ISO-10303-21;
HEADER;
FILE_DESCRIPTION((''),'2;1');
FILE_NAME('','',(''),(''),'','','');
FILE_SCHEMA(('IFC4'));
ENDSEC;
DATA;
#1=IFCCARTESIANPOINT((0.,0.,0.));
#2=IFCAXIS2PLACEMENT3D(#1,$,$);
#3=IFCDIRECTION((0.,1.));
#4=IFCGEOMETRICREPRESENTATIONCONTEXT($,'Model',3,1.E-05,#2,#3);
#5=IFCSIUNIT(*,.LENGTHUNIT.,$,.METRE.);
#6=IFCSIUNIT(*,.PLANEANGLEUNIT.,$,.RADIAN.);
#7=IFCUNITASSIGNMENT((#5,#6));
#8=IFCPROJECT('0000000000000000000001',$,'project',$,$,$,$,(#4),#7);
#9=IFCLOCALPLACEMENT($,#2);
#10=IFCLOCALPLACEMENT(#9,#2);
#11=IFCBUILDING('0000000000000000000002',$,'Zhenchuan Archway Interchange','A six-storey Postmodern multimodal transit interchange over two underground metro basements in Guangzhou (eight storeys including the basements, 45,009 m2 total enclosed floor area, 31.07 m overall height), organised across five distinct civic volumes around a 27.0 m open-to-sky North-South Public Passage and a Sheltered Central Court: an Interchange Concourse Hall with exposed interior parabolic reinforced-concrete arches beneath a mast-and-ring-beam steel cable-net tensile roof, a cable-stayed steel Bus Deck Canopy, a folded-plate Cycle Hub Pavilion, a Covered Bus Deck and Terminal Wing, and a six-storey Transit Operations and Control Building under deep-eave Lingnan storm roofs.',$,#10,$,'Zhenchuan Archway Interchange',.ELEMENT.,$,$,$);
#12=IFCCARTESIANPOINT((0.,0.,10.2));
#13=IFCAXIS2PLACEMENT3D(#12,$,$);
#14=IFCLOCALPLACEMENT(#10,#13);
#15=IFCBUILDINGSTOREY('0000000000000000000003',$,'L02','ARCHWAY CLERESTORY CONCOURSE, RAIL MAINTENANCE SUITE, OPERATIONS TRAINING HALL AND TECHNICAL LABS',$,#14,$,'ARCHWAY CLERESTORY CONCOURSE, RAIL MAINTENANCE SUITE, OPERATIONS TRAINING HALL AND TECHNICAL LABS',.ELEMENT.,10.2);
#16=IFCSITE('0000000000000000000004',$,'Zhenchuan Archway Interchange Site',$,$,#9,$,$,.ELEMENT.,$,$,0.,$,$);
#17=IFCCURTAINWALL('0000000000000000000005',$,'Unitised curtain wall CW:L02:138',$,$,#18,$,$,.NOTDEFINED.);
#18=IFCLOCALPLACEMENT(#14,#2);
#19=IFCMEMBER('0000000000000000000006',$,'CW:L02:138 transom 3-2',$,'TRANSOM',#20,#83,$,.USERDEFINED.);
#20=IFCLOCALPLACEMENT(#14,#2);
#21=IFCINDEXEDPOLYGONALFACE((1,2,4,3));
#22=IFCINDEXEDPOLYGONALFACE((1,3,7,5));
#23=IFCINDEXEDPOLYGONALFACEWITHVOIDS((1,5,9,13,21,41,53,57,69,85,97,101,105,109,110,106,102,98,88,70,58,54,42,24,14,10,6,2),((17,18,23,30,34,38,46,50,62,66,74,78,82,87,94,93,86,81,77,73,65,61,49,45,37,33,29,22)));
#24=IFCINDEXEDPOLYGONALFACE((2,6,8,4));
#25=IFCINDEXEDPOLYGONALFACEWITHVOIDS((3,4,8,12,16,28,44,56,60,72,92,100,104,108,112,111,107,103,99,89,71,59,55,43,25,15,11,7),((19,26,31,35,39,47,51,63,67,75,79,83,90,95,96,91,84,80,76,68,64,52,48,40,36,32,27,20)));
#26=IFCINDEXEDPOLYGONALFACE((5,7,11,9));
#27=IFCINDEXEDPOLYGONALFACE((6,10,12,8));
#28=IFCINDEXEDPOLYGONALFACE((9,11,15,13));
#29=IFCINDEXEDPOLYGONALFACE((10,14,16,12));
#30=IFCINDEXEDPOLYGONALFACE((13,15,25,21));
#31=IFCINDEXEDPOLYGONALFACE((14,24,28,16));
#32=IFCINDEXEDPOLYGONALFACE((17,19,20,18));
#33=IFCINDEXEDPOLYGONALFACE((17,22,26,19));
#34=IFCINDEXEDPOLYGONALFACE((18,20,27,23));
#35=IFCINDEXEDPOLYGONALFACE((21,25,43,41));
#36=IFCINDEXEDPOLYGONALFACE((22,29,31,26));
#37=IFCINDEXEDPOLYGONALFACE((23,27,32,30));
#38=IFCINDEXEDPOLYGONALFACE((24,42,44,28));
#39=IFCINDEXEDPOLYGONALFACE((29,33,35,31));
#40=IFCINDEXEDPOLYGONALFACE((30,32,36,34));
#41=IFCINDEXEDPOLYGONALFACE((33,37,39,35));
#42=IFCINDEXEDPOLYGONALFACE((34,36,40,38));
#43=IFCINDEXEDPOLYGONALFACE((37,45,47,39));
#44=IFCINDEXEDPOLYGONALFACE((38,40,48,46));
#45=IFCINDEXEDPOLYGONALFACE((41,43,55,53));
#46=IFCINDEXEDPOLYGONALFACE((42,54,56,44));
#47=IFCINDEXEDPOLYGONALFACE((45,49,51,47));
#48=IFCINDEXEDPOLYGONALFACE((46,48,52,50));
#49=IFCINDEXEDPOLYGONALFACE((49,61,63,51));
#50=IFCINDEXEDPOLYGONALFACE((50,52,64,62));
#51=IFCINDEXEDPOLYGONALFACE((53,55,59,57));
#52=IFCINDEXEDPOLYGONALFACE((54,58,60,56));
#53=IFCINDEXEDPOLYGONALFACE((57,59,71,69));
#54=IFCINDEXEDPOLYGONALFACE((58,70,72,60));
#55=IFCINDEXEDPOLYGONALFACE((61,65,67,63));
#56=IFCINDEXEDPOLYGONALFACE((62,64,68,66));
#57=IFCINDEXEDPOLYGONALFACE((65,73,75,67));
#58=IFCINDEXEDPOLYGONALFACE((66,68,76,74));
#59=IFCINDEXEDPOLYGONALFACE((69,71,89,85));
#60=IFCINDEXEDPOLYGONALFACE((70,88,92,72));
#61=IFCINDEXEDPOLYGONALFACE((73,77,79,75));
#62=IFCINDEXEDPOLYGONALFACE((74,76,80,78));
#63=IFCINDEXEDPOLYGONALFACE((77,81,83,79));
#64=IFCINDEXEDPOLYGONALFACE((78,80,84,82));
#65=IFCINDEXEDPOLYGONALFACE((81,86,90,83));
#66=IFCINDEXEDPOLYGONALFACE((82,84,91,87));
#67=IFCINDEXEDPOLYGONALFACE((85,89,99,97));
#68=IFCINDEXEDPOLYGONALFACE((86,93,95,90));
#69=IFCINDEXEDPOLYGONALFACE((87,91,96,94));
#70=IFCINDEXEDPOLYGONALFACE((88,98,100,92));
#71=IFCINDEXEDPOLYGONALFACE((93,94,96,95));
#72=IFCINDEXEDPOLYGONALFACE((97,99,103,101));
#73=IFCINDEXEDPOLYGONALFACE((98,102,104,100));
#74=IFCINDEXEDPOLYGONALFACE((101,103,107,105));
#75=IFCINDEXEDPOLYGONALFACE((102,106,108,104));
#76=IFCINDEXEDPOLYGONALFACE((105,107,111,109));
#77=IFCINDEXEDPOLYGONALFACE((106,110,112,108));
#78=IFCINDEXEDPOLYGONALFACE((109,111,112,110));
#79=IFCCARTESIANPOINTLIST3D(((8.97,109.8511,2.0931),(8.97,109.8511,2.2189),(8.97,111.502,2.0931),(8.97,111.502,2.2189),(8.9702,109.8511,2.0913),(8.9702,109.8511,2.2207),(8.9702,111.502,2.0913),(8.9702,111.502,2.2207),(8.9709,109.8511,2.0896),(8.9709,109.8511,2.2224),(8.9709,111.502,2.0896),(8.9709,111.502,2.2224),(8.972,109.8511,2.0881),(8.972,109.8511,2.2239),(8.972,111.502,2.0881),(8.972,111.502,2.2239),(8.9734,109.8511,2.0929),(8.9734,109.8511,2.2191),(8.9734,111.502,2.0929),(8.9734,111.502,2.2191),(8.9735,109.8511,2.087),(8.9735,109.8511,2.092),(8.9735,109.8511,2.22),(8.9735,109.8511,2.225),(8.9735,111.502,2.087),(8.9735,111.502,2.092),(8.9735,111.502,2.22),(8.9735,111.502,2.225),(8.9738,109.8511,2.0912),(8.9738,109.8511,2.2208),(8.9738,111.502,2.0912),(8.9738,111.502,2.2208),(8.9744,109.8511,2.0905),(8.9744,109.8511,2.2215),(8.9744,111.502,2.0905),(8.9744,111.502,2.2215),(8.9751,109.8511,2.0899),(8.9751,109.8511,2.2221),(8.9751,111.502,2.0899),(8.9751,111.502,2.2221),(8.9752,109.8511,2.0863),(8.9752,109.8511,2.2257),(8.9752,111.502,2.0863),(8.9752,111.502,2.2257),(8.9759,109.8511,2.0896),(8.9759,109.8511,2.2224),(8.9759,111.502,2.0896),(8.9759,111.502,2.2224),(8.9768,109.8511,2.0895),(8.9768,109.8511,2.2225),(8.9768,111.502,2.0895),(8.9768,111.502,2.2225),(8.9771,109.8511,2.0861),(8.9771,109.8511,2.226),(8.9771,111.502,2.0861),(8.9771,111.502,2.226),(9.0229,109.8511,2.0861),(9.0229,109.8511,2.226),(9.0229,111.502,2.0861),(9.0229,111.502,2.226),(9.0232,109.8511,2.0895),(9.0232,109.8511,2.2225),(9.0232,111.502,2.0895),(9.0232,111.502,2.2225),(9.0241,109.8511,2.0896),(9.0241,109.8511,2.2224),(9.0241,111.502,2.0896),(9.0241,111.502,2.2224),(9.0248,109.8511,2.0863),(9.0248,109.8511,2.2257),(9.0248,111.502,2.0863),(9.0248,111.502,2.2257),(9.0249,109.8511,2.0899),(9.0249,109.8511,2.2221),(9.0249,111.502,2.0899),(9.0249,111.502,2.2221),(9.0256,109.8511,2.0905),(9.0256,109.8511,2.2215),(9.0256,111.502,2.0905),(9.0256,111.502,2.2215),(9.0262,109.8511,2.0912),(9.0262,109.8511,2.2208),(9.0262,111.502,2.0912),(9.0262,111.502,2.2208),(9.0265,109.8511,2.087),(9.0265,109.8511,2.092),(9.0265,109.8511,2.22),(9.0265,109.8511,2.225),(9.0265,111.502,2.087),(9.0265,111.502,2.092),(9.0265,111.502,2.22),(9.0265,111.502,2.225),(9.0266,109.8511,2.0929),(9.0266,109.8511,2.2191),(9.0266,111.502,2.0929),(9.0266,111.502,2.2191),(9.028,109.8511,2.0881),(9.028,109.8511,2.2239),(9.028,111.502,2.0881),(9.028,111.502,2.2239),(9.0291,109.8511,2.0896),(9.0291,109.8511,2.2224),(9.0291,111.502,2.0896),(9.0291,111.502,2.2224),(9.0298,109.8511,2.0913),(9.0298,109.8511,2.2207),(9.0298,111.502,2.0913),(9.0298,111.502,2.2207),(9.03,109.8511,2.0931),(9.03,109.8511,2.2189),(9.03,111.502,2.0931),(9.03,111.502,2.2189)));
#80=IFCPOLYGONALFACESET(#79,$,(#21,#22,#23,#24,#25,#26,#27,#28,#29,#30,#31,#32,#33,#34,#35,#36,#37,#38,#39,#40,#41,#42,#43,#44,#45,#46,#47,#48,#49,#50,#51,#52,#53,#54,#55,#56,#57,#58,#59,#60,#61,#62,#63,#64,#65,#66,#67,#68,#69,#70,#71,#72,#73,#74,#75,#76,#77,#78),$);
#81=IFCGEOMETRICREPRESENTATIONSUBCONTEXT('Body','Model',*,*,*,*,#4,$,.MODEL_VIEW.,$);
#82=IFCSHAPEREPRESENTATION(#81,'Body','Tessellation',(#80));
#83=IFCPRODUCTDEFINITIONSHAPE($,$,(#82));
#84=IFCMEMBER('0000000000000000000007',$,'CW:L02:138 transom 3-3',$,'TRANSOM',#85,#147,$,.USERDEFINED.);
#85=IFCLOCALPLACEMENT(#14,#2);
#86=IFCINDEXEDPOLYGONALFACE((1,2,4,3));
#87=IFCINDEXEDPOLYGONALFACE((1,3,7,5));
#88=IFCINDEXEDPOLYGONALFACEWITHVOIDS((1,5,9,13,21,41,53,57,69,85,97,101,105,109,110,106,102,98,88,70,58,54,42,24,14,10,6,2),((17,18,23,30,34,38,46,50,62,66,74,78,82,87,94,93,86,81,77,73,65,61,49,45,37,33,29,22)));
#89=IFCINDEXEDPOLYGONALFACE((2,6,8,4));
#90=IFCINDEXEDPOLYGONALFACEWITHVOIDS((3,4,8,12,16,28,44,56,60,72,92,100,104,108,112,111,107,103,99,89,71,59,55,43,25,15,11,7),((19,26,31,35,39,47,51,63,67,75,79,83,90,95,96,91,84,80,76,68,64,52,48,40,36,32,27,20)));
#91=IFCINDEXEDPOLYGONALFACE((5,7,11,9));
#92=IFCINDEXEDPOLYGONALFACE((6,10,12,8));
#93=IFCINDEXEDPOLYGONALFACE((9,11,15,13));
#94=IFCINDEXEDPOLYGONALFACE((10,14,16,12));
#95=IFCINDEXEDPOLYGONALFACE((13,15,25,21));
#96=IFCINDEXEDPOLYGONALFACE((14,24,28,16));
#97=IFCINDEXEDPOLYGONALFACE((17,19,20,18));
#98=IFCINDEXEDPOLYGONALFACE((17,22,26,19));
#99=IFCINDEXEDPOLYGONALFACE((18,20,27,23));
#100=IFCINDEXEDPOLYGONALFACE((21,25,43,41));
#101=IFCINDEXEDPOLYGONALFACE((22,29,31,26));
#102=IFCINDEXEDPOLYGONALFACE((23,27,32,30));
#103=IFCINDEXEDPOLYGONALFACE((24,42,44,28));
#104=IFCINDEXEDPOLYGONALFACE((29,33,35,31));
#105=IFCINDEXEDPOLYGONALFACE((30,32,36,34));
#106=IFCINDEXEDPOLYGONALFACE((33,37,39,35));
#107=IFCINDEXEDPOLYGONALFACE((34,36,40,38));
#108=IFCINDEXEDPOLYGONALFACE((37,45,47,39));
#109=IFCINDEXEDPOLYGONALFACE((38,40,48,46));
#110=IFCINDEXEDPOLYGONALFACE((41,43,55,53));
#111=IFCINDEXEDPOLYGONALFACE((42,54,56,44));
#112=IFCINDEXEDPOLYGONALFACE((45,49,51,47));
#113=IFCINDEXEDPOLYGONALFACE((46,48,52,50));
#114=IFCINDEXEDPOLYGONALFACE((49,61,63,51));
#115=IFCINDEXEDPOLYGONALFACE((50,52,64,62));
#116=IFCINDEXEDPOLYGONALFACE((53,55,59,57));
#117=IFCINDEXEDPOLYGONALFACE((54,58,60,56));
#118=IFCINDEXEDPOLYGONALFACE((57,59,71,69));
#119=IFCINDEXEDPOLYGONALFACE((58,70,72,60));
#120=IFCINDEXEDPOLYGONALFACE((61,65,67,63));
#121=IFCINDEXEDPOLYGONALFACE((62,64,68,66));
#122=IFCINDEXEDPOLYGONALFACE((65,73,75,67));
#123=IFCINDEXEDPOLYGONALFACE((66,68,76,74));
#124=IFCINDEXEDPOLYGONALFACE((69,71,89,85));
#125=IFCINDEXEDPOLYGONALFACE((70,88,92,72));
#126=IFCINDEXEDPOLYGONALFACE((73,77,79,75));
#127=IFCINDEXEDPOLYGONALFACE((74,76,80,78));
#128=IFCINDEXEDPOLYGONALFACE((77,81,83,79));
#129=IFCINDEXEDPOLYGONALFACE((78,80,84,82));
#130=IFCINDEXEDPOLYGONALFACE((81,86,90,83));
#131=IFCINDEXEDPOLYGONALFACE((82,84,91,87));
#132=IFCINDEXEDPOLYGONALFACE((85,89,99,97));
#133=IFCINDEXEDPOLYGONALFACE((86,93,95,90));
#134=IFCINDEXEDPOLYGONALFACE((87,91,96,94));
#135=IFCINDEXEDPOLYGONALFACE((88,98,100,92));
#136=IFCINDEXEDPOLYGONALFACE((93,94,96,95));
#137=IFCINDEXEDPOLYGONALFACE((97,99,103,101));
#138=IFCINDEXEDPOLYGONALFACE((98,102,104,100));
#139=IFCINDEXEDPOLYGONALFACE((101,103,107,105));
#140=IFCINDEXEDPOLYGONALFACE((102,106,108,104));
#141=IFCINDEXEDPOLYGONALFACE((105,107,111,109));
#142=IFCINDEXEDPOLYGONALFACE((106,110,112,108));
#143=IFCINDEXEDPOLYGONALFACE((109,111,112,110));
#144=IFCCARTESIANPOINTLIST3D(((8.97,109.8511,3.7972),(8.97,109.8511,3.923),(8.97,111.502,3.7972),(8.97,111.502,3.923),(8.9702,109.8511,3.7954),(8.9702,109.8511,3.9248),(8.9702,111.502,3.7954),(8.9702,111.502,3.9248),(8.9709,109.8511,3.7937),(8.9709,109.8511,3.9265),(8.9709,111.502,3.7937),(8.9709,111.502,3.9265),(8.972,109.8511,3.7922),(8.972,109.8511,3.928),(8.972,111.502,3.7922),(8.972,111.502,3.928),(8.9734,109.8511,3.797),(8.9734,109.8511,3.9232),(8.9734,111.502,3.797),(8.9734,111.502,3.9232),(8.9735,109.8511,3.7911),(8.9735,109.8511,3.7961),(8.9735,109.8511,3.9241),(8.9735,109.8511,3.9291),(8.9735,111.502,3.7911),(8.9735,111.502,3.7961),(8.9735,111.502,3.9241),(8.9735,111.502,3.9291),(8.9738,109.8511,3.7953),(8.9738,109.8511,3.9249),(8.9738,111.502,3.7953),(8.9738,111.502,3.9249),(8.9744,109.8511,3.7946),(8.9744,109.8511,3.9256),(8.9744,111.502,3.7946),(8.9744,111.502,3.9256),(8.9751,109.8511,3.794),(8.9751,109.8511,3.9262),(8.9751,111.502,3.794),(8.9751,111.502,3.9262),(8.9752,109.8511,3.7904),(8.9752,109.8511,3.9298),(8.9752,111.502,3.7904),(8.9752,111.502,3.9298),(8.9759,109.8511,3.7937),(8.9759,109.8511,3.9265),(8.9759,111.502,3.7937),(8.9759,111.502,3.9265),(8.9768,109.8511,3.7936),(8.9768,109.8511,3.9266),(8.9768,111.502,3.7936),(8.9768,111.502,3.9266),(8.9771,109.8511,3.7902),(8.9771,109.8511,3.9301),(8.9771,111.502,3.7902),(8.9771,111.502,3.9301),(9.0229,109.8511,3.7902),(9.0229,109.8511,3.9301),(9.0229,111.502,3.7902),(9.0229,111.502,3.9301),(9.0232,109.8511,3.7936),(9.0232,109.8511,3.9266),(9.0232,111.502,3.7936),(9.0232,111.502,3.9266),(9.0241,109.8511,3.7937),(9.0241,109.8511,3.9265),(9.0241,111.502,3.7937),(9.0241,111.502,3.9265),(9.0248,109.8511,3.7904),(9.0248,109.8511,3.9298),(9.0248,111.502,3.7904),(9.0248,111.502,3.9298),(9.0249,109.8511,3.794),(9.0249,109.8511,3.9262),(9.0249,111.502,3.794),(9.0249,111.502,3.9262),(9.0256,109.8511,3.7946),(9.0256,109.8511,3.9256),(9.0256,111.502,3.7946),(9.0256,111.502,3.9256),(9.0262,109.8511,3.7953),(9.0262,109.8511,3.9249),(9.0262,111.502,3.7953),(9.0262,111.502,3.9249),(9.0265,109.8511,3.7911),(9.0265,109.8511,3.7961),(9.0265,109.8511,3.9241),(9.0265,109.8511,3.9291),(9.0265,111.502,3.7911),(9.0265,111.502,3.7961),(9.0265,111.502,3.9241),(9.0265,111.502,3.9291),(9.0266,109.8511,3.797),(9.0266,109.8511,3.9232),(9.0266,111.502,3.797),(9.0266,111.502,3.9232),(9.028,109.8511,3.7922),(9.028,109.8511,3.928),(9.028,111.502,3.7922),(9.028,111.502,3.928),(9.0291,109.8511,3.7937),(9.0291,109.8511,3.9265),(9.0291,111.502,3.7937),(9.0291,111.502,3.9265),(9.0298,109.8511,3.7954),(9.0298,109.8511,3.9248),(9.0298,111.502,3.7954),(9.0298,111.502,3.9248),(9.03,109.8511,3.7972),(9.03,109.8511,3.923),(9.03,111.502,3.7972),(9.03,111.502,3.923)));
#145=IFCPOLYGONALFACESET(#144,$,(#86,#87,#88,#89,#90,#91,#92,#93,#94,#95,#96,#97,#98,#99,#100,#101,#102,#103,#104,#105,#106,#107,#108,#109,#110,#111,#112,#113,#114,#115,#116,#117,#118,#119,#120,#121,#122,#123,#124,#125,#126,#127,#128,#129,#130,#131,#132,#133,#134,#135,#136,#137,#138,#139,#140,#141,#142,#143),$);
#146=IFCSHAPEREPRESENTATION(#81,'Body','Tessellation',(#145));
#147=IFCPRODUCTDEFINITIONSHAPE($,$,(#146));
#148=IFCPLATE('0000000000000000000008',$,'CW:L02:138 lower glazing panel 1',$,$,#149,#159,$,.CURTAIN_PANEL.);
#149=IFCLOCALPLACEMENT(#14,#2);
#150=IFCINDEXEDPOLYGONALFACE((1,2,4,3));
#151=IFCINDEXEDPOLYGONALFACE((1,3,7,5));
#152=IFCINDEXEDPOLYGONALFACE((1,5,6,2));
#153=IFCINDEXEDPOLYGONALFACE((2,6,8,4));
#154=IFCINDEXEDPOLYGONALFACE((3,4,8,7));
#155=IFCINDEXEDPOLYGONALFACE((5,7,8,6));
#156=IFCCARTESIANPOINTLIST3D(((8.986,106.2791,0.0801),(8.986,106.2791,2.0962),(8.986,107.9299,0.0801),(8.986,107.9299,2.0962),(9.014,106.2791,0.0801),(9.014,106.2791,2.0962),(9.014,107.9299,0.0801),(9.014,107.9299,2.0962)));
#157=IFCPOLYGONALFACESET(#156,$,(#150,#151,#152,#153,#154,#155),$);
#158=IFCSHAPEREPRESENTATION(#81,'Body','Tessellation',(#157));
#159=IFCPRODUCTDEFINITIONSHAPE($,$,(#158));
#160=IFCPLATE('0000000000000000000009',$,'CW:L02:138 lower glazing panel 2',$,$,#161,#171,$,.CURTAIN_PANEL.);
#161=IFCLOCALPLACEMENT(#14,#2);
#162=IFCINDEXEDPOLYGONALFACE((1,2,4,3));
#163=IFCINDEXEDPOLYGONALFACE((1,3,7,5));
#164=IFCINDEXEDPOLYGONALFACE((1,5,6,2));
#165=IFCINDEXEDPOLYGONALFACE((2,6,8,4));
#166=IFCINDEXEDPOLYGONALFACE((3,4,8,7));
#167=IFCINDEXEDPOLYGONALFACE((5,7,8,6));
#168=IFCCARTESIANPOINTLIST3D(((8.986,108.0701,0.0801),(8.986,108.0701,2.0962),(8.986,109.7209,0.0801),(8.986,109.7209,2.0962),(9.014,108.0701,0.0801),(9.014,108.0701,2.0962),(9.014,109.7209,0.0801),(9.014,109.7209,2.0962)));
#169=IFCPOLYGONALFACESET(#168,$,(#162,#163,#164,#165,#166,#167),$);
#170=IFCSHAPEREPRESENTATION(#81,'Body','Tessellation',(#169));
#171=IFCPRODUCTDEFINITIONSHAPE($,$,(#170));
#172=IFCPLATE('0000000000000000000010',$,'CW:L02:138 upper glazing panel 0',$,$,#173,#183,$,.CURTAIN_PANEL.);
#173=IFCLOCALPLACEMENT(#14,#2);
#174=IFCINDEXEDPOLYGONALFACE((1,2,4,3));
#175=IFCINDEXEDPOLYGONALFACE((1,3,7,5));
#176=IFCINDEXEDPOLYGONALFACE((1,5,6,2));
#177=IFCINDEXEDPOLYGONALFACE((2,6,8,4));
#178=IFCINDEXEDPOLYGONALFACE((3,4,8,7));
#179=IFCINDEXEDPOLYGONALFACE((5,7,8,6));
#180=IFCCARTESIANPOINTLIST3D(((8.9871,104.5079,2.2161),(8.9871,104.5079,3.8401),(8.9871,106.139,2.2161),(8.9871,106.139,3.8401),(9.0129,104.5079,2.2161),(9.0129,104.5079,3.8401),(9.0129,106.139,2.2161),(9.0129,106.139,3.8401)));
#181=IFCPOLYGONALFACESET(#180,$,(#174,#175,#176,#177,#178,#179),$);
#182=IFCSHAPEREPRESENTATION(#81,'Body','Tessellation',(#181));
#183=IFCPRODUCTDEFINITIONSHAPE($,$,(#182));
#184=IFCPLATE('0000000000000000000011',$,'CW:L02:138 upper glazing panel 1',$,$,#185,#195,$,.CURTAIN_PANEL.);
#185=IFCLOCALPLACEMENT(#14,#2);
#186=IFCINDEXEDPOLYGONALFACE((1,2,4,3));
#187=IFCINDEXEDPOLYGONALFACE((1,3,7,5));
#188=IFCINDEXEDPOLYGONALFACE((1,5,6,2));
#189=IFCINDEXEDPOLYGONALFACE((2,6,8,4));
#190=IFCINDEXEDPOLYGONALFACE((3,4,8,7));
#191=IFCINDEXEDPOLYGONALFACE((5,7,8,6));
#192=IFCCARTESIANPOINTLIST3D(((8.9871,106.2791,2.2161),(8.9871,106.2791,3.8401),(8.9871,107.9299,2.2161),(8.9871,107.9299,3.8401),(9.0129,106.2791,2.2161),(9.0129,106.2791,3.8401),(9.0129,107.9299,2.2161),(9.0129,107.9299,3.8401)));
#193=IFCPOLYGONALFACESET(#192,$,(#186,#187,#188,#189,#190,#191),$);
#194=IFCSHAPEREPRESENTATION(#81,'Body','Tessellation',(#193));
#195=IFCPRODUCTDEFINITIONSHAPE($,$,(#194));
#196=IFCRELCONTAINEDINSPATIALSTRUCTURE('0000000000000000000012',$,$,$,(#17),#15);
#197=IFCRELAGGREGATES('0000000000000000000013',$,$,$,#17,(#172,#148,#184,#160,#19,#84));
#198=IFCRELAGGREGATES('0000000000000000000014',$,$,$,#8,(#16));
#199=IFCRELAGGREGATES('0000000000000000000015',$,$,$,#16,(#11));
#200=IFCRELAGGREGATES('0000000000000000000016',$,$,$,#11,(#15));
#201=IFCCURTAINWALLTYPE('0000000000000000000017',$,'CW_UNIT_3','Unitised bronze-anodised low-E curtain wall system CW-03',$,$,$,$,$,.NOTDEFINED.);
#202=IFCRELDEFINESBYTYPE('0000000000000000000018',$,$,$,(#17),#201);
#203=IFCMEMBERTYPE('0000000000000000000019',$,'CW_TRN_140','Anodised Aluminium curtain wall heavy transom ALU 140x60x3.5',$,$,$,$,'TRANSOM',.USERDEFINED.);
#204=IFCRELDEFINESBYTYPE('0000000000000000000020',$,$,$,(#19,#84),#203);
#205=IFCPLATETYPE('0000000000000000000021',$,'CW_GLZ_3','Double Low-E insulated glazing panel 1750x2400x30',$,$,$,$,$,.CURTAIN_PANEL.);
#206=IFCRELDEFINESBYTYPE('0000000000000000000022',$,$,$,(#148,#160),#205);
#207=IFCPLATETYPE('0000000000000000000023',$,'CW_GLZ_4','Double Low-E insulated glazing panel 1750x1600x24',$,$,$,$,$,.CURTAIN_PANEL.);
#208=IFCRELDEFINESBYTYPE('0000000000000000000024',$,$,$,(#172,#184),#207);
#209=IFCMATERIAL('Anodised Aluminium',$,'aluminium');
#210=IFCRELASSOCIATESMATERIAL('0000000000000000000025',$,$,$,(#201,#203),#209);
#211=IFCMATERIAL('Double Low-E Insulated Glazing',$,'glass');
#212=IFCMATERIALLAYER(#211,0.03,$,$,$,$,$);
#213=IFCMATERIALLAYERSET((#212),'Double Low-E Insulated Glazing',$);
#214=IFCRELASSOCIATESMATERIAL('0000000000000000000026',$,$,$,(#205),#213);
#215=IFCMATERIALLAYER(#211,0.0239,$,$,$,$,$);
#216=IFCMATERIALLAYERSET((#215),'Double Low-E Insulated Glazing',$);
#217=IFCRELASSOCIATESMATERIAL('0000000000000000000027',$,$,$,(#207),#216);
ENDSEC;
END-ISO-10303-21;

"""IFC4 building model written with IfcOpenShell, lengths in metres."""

from ifc_helpers import new_model, si_unit, direction, frame, origin, origin_2d, place, context, subcontext, project, spatial, rectangle, hollow_rectangle, extrude, material, layer, layer_set, material_profile, profile_set, type_object, element, aggregate, save


model = new_model("IFC4")

# Units and contexts
model_context = context("Model", 3, precision=1e-05, world=origin(), true_north=direction((0.0, 1.0)))
body_context = subcontext(model_context, "Body", "Model", "MODEL_VIEW")
ifc_project = project(units=[si_unit("LENGTHUNIT", "METRE"), si_unit("PLANEANGLEUNIT", "RADIAN")], contexts=[model_context])

# Site, building, storey
site_placement = place(None, origin())
site = spatial("IfcSite", under=ifc_project, at=site_placement, Name="Zhenchuan Archway Interchange Site", CompositionType="ELEMENT", RefElevation=0.0)
building_placement = place(site_placement, origin())
building = spatial("IfcBuilding", under=site, at=building_placement, Name="Zhenchuan Archway Interchange", Description="A six-storey Postmodern multimodal transit interchange over two underground metro basements in Guangzhou (eight storeys including the basements, 45,009 m2 total enclosed floor area, 31.07 m overall height), organised across five distinct civic volumes around a 27.0 m open-to-sky North-South Public Passage and a Sheltered Central Court: an Interchange Concourse Hall with exposed interior parabolic reinforced-concrete arches beneath a mast-and-ring-beam steel cable-net tensile roof, a cable-stayed steel Bus Deck Canopy, a folded-plate Cycle Hub Pavilion, a Covered Bus Deck and Terminal Wing, and a six-storey Transit Operations and Control Building under deep-eave Lingnan storm roofs.", LongName="Zhenchuan Archway Interchange", CompositionType="ELEMENT")
storey_placement = place(building_placement, frame((0.0, 0.0, 10.2)))
storey = spatial("IfcBuildingStorey", under=building, at=storey_placement, Name="L02", Description="ARCHWAY CLERESTORY CONCOURSE, RAIL MAINTENANCE SUITE, OPERATIONS TRAINING HALL AND TECHNICAL LABS", LongName="ARCHWAY CLERESTORY CONCOURSE, RAIL MAINTENANCE SUITE, OPERATIONS TRAINING HALL AND TECHNICAL LABS", CompositionType="ELEMENT", Elevation=10.2)

# Curtain wall, members, plates
ifc_material_1 = material(Name="Anodised Aluminium", Category="aluminium")
curtain_wall_type = type_object("IfcCurtainWallType", Name="CW_UNIT_3", Description="Unitised bronze-anodised low-E curtain wall system CW-03", PredefinedType="NOTDEFINED", material=ifc_material_1)
curtain_wall_placement = place(storey_placement, origin())
curtain_wall = element("IfcCurtainWall", 1, at=curtain_wall_placement, inside=storey, type_object=curtain_wall_type, Name="Unitised curtain wall CW:L02:138", PredefinedType="NOTDEFINED")
ifc_material_profile_1 = material_profile(ifc_material_1, hollow_rectangle(XDim=0.0601, YDim=0.1399, WallThickness=0.0034, InnerFilletRadius=0.0034, OuterFilletRadius=0.0071, at=origin_2d()), Name="ALU 140x60x3.5")
ifc_profile_set_1 = profile_set([ifc_material_profile_1], Name="Anodised Aluminium")
member_type_1 = type_object("IfcMemberType", Name="CW_TRN_140", Description="Anodised Aluminium curtain wall heavy transom ALU 140x60x3.5", ElementType="TRANSOM", PredefinedType="USERDEFINED", material=ifc_profile_set_1)
member_1_placement = place(storey_placement, frame((9.0, 109.8511, 2.156), z_axis=(0.0, 1.0, 0.0), x_axis=(-1.0, 0.0, 0.0)))
member_1 = element("IfcMember", 2, at=member_1_placement, type_object=member_type_1, Name="CW:L02:138 transom 3-2", ObjectType="TRANSOM", PredefinedType="USERDEFINED", context=body_context, shape_type="SweptSolid", body=[
    extrude(hollow_rectangle(XDim=0.0601, YDim=0.1399, WallThickness=0.0034, InnerFilletRadius=0.0034, OuterFilletRadius=0.0071, at=origin_2d()), origin(), (0.0, 0.0, 1.0), 1.6509),
])
member_2_placement = place(storey_placement, frame((9.0, 109.8511, 3.8601), z_axis=(0.0, 1.0, 0.0), x_axis=(-1.0, 0.0, 0.0)))
member_2 = element("IfcMember", 3, at=member_2_placement, type_object=member_type_1, Name="CW:L02:138 transom 3-3", ObjectType="TRANSOM", PredefinedType="USERDEFINED", context=body_context, shape_type="SweptSolid", body=[
    extrude(hollow_rectangle(XDim=0.0601, YDim=0.1399, WallThickness=0.0034, InnerFilletRadius=0.0034, OuterFilletRadius=0.0071, at=origin_2d()), origin(), (0.0, 0.0, 1.0), 1.6509),
])
ifc_material_2 = material(Name="Double Low-E Insulated Glazing", Category="glass")
ifc_layer_1 = layer(ifc_material_2, 0.03)
ifc_layer_set_1 = layer_set([ifc_layer_1], Name="Double Low-E Insulated Glazing")
plate_type_1 = type_object("IfcPlateType", Name="CW_GLZ_3", Description="Double Low-E insulated glazing panel 1750x2400x30", PredefinedType="CURTAIN_PANEL", material=ifc_layer_set_1)
plate_1_placement = place(storey_placement, frame((9.0, 107.1045, 0.0801), z_axis=(0.0, 0.0, 1.0), x_axis=(0.0, 1.0, 0.0)))
plate_1 = element("IfcPlate", 4, at=plate_1_placement, type_object=plate_type_1, Name="CW:L02:138 lower glazing panel 1", PredefinedType="CURTAIN_PANEL", context=body_context, shape_type="SweptSolid", body=[
    extrude(rectangle(XDim=1.6509, YDim=0.0281, at=origin_2d()), origin(), (0.0, 0.0, 1.0), 2.0161),
])
plate_2_placement = place(storey_placement, frame((9.0, 108.8955, 0.0801), z_axis=(0.0, 0.0, 1.0), x_axis=(0.0, 1.0, 0.0)))
plate_2 = element("IfcPlate", 5, at=plate_2_placement, type_object=plate_type_1, Name="CW:L02:138 lower glazing panel 2", PredefinedType="CURTAIN_PANEL", context=body_context, shape_type="SweptSolid", body=[
    extrude(rectangle(XDim=1.6509, YDim=0.0281, at=origin_2d()), origin(), (0.0, 0.0, 1.0), 2.0161),
])
ifc_layer_2 = layer(ifc_material_2, 0.0239)
ifc_layer_set_2 = layer_set([ifc_layer_2], Name="Double Low-E Insulated Glazing")
plate_type_2 = type_object("IfcPlateType", Name="CW_GLZ_4", Description="Double Low-E insulated glazing panel 1750x1600x24", PredefinedType="CURTAIN_PANEL", material=ifc_layer_set_2)
plate_3_placement = place(storey_placement, frame((9.0, 105.3235, 2.2161), z_axis=(0.0, 0.0, 1.0), x_axis=(0.0, 1.0, 0.0)))
plate_3 = element("IfcPlate", 6, at=plate_3_placement, type_object=plate_type_2, Name="CW:L02:138 upper glazing panel 0", PredefinedType="CURTAIN_PANEL", context=body_context, shape_type="SweptSolid", body=[
    extrude(rectangle(XDim=1.6311, YDim=0.0259, at=origin_2d()), origin(), (0.0, 0.0, 1.0), 1.624),
])
plate_4_placement = place(storey_placement, frame((9.0, 107.1045, 2.2161), z_axis=(0.0, 0.0, 1.0), x_axis=(0.0, 1.0, 0.0)))
plate_4 = element("IfcPlate", 7, at=plate_4_placement, type_object=plate_type_2, Name="CW:L02:138 upper glazing panel 1", PredefinedType="CURTAIN_PANEL", context=body_context, shape_type="SweptSolid", body=[
    extrude(rectangle(XDim=1.6509, YDim=0.0259, at=origin_2d()), origin(), (0.0, 0.0, 1.0), 1.624),
])
aggregate(curtain_wall, [plate_3, plate_1, plate_4, plate_2, member_1, member_2])

save(model, "model.ifc")
